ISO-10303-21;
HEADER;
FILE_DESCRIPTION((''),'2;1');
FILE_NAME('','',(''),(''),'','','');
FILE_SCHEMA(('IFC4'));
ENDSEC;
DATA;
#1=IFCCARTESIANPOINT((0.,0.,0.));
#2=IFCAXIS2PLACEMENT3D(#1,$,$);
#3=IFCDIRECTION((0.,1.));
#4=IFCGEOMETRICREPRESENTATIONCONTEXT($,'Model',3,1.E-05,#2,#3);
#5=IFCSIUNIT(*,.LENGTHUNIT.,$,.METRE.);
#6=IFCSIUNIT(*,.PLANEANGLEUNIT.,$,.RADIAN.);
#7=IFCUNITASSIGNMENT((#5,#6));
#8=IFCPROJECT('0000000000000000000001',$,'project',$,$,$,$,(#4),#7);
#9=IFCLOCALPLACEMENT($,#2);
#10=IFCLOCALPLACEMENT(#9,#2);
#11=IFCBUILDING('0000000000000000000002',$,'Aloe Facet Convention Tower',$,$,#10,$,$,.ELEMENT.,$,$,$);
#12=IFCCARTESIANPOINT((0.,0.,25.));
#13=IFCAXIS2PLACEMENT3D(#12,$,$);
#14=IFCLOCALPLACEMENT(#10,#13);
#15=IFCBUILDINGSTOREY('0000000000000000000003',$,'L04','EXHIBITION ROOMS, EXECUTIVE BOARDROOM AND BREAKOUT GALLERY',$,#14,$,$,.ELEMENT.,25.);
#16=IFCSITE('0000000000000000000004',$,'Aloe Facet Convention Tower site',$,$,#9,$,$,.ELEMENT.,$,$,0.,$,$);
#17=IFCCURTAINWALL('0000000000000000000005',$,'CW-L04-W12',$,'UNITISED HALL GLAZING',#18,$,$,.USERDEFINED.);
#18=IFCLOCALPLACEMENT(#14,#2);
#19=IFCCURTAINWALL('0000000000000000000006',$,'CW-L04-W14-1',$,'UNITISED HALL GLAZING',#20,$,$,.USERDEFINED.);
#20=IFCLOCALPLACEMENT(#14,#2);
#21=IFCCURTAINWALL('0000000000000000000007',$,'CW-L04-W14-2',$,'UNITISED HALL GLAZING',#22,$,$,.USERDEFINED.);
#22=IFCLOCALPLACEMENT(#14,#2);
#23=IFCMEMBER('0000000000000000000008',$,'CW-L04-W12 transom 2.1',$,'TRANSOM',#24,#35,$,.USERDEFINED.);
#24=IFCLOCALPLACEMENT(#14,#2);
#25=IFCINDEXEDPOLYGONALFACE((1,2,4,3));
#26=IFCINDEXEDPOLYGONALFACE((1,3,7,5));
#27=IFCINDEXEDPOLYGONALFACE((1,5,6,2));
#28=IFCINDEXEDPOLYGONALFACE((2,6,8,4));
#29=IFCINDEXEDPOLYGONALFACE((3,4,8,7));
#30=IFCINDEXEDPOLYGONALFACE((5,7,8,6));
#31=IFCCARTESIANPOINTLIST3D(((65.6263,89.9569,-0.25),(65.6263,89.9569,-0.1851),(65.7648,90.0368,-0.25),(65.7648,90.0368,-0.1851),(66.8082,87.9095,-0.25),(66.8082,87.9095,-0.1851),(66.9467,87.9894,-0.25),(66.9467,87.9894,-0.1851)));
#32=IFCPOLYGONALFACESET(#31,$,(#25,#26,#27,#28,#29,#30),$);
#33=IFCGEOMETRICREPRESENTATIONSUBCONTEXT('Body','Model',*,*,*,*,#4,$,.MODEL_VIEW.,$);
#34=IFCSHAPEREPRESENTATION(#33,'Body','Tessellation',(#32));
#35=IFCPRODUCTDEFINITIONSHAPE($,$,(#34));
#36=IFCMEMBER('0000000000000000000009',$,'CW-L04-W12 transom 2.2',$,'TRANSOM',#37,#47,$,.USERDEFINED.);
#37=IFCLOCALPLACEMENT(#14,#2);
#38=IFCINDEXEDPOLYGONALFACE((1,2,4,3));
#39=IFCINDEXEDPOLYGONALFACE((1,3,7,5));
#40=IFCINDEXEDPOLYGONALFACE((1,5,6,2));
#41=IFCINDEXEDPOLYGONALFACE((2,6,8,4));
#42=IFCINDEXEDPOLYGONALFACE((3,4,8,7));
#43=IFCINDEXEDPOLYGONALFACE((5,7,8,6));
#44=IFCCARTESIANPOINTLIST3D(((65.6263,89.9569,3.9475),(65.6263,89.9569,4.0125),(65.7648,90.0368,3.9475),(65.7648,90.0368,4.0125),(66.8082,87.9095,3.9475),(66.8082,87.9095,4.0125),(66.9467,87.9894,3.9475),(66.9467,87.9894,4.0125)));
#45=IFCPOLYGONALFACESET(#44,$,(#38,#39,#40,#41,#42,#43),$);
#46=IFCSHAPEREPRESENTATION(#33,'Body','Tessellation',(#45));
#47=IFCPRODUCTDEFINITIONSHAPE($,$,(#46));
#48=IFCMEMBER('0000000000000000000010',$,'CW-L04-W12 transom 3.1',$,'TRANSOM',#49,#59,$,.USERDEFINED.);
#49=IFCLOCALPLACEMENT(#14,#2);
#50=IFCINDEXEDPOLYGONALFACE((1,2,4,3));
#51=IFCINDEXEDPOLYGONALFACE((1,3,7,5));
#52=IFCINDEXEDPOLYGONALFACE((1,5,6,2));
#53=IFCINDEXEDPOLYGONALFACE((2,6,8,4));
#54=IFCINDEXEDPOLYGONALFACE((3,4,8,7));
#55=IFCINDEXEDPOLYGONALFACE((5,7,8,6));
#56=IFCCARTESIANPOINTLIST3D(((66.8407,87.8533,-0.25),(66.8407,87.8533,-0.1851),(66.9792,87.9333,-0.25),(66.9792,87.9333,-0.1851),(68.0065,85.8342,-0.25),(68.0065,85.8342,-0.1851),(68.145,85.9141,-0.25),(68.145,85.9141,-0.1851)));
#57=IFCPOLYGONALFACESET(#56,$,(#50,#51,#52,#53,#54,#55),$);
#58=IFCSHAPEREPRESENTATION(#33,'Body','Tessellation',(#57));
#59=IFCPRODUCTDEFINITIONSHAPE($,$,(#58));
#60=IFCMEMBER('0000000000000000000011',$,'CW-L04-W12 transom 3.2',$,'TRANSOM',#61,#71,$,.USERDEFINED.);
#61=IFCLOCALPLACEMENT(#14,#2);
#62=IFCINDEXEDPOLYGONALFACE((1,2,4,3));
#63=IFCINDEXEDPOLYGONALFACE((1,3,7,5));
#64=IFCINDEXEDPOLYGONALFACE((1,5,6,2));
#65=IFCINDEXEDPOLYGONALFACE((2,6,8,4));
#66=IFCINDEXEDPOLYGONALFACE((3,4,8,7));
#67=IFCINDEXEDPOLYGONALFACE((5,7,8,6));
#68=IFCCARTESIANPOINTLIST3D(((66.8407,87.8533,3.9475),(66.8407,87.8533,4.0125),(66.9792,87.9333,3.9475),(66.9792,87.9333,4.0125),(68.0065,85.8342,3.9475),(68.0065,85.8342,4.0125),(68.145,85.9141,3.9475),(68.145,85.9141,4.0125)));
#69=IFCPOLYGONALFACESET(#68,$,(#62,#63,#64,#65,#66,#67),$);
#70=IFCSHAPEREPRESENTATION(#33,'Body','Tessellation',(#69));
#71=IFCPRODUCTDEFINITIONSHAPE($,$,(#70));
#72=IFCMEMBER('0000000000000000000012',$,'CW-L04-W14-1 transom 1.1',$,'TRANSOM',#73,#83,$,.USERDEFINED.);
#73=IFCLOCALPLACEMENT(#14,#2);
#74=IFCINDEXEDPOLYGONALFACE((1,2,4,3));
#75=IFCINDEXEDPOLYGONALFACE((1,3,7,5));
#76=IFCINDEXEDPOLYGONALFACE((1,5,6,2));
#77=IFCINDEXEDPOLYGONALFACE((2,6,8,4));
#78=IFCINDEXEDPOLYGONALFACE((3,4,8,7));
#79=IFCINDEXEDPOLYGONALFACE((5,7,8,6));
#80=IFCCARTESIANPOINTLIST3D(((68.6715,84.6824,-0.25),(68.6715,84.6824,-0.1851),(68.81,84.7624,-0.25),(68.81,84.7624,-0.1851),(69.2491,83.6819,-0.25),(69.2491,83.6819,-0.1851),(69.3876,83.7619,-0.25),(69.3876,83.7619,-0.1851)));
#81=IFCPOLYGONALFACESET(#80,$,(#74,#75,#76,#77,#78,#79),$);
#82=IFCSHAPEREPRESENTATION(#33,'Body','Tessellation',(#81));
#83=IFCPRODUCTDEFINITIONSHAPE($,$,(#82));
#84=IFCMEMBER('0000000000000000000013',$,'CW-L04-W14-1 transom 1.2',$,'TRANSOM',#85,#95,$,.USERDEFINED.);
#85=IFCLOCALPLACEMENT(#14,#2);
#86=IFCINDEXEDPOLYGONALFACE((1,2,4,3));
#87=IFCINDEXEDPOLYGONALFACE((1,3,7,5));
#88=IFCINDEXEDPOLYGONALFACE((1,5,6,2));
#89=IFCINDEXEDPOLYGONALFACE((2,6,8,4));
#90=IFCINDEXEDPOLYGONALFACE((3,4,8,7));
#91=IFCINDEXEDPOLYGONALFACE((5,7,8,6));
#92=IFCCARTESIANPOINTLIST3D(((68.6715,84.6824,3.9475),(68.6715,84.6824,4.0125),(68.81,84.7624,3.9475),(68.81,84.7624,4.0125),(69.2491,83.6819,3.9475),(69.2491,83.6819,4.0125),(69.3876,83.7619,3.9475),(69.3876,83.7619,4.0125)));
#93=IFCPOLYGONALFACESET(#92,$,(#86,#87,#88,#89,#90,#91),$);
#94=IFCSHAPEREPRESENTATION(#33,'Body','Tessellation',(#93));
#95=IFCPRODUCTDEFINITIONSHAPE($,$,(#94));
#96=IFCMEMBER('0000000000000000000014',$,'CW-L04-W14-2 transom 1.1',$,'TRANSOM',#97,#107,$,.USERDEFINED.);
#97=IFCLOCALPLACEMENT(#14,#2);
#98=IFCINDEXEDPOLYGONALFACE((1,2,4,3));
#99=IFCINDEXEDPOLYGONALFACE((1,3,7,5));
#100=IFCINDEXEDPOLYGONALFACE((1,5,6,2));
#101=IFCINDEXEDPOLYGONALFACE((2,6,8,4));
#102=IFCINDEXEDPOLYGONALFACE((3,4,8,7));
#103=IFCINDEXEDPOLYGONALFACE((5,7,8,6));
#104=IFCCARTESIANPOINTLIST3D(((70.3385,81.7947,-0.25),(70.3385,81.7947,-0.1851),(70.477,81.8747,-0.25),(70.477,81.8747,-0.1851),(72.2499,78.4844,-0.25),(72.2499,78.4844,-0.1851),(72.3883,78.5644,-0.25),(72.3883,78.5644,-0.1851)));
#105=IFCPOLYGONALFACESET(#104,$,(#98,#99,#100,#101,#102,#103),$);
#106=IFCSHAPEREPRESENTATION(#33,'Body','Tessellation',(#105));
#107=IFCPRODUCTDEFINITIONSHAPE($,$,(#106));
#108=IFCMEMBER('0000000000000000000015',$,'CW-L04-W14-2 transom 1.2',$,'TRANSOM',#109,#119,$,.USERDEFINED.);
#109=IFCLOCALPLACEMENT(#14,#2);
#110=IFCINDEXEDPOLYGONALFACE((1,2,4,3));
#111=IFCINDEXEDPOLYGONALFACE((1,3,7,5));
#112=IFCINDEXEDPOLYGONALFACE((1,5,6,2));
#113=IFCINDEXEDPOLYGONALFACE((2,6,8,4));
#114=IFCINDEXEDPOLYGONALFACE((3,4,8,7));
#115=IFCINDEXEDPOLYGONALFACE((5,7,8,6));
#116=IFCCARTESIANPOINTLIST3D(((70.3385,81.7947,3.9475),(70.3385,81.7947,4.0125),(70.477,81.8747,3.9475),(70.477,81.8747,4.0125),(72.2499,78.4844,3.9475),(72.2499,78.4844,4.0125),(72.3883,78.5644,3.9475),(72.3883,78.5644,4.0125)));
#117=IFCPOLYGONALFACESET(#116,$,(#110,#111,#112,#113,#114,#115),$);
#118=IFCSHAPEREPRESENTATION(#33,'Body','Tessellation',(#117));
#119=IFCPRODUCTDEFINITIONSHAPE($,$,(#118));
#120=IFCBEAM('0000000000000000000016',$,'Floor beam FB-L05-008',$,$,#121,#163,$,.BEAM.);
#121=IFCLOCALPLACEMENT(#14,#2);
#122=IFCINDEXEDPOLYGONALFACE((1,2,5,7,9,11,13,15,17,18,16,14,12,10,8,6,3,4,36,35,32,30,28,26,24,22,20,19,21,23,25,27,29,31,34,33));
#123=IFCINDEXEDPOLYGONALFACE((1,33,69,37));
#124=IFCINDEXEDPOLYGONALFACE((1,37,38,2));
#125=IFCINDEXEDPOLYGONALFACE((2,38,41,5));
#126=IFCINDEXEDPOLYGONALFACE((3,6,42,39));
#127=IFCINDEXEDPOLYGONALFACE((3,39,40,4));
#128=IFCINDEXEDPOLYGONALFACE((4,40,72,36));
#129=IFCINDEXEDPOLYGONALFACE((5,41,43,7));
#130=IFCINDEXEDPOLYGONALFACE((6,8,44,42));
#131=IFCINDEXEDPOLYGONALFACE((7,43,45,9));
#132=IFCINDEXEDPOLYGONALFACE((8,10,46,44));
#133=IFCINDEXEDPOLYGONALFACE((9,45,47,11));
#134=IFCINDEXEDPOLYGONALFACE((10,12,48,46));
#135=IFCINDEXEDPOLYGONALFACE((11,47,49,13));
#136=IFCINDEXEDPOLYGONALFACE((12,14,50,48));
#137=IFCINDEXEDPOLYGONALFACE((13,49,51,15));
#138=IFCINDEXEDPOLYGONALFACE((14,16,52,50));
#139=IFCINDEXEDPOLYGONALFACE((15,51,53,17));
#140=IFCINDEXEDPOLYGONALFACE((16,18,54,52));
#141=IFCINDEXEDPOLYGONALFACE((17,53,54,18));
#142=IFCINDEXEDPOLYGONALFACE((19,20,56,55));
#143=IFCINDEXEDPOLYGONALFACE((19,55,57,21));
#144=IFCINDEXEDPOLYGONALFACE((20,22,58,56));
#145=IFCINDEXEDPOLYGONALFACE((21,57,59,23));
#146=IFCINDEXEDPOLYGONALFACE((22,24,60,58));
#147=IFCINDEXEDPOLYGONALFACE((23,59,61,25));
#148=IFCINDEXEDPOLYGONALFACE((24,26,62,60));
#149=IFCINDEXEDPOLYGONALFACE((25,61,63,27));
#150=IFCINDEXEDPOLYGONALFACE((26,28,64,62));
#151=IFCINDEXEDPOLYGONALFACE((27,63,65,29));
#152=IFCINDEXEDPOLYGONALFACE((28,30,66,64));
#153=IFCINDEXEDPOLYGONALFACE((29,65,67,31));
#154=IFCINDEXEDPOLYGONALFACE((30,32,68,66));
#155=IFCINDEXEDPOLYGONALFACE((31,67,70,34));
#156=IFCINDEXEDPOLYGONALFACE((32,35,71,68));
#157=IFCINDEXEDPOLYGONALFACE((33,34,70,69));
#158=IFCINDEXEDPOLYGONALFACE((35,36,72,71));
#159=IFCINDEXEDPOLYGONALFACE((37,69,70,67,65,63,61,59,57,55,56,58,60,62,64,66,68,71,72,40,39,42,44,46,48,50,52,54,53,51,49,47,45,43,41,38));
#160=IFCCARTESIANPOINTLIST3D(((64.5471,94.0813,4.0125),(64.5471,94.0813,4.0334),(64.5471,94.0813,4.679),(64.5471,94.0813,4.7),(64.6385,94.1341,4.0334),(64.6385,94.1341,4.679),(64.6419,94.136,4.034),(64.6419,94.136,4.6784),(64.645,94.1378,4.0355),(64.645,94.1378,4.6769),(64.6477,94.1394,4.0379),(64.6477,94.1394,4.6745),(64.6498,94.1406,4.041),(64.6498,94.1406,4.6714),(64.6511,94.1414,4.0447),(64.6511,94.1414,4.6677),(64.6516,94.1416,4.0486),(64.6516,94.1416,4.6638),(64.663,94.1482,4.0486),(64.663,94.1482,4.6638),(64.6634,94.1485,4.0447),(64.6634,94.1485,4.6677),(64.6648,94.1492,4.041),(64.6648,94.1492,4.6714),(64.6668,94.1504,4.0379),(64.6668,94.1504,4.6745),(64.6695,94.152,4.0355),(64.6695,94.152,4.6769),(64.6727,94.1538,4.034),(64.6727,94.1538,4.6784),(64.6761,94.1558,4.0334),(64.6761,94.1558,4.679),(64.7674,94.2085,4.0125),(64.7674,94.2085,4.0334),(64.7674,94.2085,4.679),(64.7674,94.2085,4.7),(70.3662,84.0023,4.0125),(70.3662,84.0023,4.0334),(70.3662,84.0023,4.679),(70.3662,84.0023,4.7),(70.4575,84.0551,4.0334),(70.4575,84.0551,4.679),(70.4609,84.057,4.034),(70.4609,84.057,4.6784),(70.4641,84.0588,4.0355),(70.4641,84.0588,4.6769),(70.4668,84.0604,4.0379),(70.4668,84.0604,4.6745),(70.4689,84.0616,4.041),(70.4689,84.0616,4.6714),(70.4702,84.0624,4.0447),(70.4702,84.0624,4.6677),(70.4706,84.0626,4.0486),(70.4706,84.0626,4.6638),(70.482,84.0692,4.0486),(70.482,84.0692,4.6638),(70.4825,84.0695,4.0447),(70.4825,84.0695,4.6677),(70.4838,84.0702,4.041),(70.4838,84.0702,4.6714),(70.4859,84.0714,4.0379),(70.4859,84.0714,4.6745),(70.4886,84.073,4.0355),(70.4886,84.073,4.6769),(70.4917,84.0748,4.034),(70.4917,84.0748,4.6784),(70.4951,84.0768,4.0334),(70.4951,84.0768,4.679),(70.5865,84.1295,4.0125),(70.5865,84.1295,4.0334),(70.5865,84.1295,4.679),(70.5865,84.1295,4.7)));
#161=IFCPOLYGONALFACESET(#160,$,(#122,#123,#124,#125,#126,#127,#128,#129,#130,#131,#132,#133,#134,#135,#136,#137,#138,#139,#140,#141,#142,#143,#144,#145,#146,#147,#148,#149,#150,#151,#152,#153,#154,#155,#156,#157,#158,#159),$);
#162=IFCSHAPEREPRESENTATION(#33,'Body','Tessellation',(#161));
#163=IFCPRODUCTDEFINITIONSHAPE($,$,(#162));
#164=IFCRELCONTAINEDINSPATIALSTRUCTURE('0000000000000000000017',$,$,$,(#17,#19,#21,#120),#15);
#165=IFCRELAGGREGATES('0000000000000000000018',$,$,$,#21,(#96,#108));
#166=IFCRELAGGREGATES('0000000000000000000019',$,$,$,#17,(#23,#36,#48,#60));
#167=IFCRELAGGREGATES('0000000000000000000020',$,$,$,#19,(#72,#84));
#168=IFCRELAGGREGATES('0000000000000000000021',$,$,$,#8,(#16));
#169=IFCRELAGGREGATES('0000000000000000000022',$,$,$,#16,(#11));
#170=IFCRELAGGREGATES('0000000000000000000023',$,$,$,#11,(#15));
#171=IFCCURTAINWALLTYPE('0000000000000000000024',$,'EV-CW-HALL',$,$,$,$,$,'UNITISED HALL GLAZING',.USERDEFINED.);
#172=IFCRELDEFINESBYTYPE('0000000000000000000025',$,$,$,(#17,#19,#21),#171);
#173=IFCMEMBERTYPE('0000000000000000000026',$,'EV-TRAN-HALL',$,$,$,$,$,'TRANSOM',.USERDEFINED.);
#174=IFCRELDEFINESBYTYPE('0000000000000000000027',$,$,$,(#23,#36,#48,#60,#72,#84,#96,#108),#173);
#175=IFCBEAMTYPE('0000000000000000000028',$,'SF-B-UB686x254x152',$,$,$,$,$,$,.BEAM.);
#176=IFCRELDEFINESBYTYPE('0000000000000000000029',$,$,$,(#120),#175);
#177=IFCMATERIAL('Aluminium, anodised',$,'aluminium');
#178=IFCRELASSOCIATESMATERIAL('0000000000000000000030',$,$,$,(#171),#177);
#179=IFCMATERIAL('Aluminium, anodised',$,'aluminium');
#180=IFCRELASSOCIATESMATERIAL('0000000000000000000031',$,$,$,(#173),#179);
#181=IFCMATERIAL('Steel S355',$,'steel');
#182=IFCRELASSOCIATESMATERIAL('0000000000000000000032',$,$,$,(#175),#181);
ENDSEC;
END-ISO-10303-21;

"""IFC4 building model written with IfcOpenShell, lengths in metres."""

from ifc_helpers import new_model, si_unit, direction, frame, origin, origin_2d, place, context, subcontext, project, spatial, rectangle, i_section, extrude, material, material_profile, profile_set, type_object, element, aggregate, save


model = new_model("IFC4")

# Units and contexts
model_context = context("Model", 3, precision=1e-05, world=origin(), true_north=direction((0.0, 1.0)))
body_context = subcontext(model_context, "Body", "Model", "MODEL_VIEW")
ifc_project = project(units=[si_unit("LENGTHUNIT", "METRE"), si_unit("PLANEANGLEUNIT", "RADIAN")], contexts=[model_context])

# Site, building, storey
site_placement = place(None, origin())
site = spatial("IfcSite", under=ifc_project, at=site_placement, Name="Aloe Facet Convention Tower site", CompositionType="ELEMENT", RefElevation=0.0)
building_placement = place(site_placement, origin())
building = spatial("IfcBuilding", under=site, at=building_placement, Name="Aloe Facet Convention Tower", CompositionType="ELEMENT")
storey_placement = place(building_placement, frame((0.0, 0.0, 25.0)))
storey = spatial("IfcBuildingStorey", under=building, at=storey_placement, Name="L04", Description="EXHIBITION ROOMS, EXECUTIVE BOARDROOM AND BREAKOUT GALLERY", CompositionType="ELEMENT", Elevation=25.0)

# Curtain walls
ifc_material_1 = material(Name="Aluminium, anodised", Category="aluminium")
curtain_wall_type = type_object("IfcCurtainWallType", Name="EV-CW-HALL", ElementType="UNITISED HALL GLAZING", PredefinedType="USERDEFINED", material=ifc_material_1)
curtain_wall_1_placement = place(storey_placement, origin())
curtain_wall_1 = element("IfcCurtainWall", 1, at=curtain_wall_1_placement, inside=storey, type_object=curtain_wall_type, Name="CW-L04-W12", ObjectType="UNITISED HALL GLAZING", PredefinedType="USERDEFINED")
curtain_wall_2_placement = place(storey_placement, origin())
curtain_wall_2 = element("IfcCurtainWall", 2, at=curtain_wall_2_placement, inside=storey, type_object=curtain_wall_type, Name="CW-L04-W14-1", ObjectType="UNITISED HALL GLAZING", PredefinedType="USERDEFINED")

# Curtain wall
curtain_wall_3_placement = place(storey_placement, origin())
curtain_wall_3 = element("IfcCurtainWall", 3, at=curtain_wall_3_placement, inside=storey, type_object=curtain_wall_type, Name="CW-L04-W14-2", ObjectType="UNITISED HALL GLAZING", PredefinedType="USERDEFINED")

# Members
ifc_material_2 = material(Name="Aluminium, anodised", Category="aluminium")
ifc_material_profile_1 = material_profile(ifc_material_2, rectangle(XDim=0.1599, YDim=0.0649, at=origin_2d()), Name="AL 160x65")
ifc_profile_set_1 = profile_set([ifc_material_profile_1], Name="Aluminium, anodised")
member_type_1 = type_object("IfcMemberType", Name="EV-TRAN-HALL", ElementType="TRANSOM", PredefinedType="USERDEFINED", material=ifc_profile_set_1)
member_1_placement = place(storey_placement, frame((65.6956, 89.9968, -0.2175), z_axis=(0.499949, -0.866055, 0.0), x_axis=(0.866055, 0.499949, 0.0)))
member_1 = element("IfcMember", 4, at=member_1_placement, type_object=member_type_1, Name="CW-L04-W12 transom 2.1", ObjectType="TRANSOM", PredefinedType="USERDEFINED", context=body_context, shape_type="SweptSolid", body=[
    extrude(rectangle(XDim=0.1599, YDim=0.0649, at=origin_2d()), origin(), (0.0, 0.0, 1.0), 2.364),
])
member_2_placement = place(storey_placement, frame((65.6956, 89.9968, 3.98), z_axis=(0.499949, -0.866055, 0.0), x_axis=(0.866055, 0.499949, 0.0)))
member_2 = element("IfcMember", 5, at=member_2_placement, type_object=member_type_1, Name="CW-L04-W12 transom 2.2", ObjectType="TRANSOM", PredefinedType="USERDEFINED", context=body_context, shape_type="SweptSolid", body=[
    extrude(rectangle(XDim=0.1599, YDim=0.0649, at=origin_2d()), origin(), (0.0, 0.0, 1.0), 2.364),
])
member_3_placement = place(storey_placement, frame((66.9099, 87.8933, -0.2175), z_axis=(0.500025, -0.866011, 0.0), x_axis=(0.866011, 0.500025, 0.0)))
member_3 = element("IfcMember", 6, at=member_3_placement, type_object=member_type_1, Name="CW-L04-W12 transom 3.1", ObjectType="TRANSOM", PredefinedType="USERDEFINED", context=body_context, shape_type="SweptSolid", body=[
    extrude(rectangle(XDim=0.1599, YDim=0.0649, at=origin_2d()), origin(), (0.0, 0.0, 1.0), 2.3315),
])
member_4_placement = place(storey_placement, frame((66.9099, 87.8933, 3.98), z_axis=(0.500025, -0.866011, 0.0), x_axis=(0.866011, 0.500025, 0.0)))
member_4 = element("IfcMember", 7, at=member_4_placement, type_object=member_type_1, Name="CW-L04-W12 transom 3.2", ObjectType="TRANSOM", PredefinedType="USERDEFINED", context=body_context, shape_type="SweptSolid", body=[
    extrude(rectangle(XDim=0.1599, YDim=0.0649, at=origin_2d()), origin(), (0.0, 0.0, 1.0), 2.3315),
])
member_5_placement = place(storey_placement, frame((68.7407, 84.7224, -0.2175), z_axis=(0.500003, -0.866024, 0.0), x_axis=(0.866024, 0.500003, 0.0)))
member_5 = element("IfcMember", 8, at=member_5_placement, type_object=member_type_1, Name="CW-L04-W14-1 transom 1.1", ObjectType="TRANSOM", PredefinedType="USERDEFINED", context=body_context, shape_type="SweptSolid", body=[
    extrude(rectangle(XDim=0.1599, YDim=0.0649, at=origin_2d()), origin(), (0.0, 0.0, 1.0), 1.1553),
])
member_6_placement = place(storey_placement, frame((68.7407, 84.7224, 3.98), z_axis=(0.500003, -0.866024, 0.0), x_axis=(0.866024, 0.500003, 0.0)))
member_6 = element("IfcMember", 9, at=member_6_placement, type_object=member_type_1, Name="CW-L04-W14-1 transom 1.2", ObjectType="TRANSOM", PredefinedType="USERDEFINED", context=body_context, shape_type="SweptSolid", body=[
    extrude(rectangle(XDim=0.1599, YDim=0.0649, at=origin_2d()), origin(), (0.0, 0.0, 1.0), 1.1553),
])
member_7_placement = place(storey_placement, frame((70.4077, 81.8347, -0.2175), z_axis=(0.500034, -0.866006, 0.0), x_axis=(0.866006, 0.500034, 0.0)))
member_7 = element("IfcMember", 10, at=member_7_placement, type_object=member_type_1, Name="CW-L04-W14-2 transom 1.1", ObjectType="TRANSOM", PredefinedType="USERDEFINED", context=body_context, shape_type="SweptSolid", body=[
    extrude(rectangle(XDim=0.1599, YDim=0.0649, at=origin_2d()), origin(), (0.0, 0.0, 1.0), 3.8225),
])
member_8_placement = place(storey_placement, frame((70.4077, 81.8347, 3.98), z_axis=(0.500034, -0.866006, 0.0), x_axis=(0.866006, 0.500034, 0.0)))
member_8 = element("IfcMember", 11, at=member_8_placement, type_object=member_type_1, Name="CW-L04-W14-2 transom 1.2", ObjectType="TRANSOM", PredefinedType="USERDEFINED", context=body_context, shape_type="SweptSolid", body=[
    extrude(rectangle(XDim=0.1599, YDim=0.0649, at=origin_2d()), origin(), (0.0, 0.0, 1.0), 3.8225),
])
aggregate(curtain_wall_3, [member_7, member_8])

# Beam
ifc_material_3 = material(Name="Steel S355", Category="steel")
ifc_material_profile_2 = material_profile(ifc_material_3, i_section(OverallWidth=0.2544, OverallDepth=0.6875, WebThickness=0.0132, FlangeThickness=0.021, FilletRadius=0.0151, at=origin_2d()), Name="UB 686x254x152")
ifc_profile_set_2 = profile_set([ifc_material_profile_2], Name="Steel S355")
beam_type_1 = type_object("IfcBeamType", Name="SF-B-UB686x254x152", PredefinedType="BEAM", material=ifc_profile_set_2)
beam_1_placement = place(storey_placement, frame((70.4763, 84.0659, 4.3562), z_axis=(-0.499995, 0.866028, 0.0), x_axis=(-0.866028, -0.499995, 0.0)))
element("IfcBeam", 12, at=beam_1_placement, inside=storey, type_object=beam_type_1, Name="Floor beam FB-L05-008", PredefinedType="BEAM", context=body_context, shape_type="SweptSolid", body=[
    extrude(i_section(OverallWidth=0.2544, OverallDepth=0.6875, WebThickness=0.0132, FlangeThickness=0.021, FilletRadius=0.0151, at=origin_2d()), origin(), (0.0, 0.0, 1.0), 11.6382),
])

aggregate(curtain_wall_1, [member_1, member_2, member_3, member_4])
aggregate(curtain_wall_2, [member_5, member_6])

save(model, "model.ifc")
